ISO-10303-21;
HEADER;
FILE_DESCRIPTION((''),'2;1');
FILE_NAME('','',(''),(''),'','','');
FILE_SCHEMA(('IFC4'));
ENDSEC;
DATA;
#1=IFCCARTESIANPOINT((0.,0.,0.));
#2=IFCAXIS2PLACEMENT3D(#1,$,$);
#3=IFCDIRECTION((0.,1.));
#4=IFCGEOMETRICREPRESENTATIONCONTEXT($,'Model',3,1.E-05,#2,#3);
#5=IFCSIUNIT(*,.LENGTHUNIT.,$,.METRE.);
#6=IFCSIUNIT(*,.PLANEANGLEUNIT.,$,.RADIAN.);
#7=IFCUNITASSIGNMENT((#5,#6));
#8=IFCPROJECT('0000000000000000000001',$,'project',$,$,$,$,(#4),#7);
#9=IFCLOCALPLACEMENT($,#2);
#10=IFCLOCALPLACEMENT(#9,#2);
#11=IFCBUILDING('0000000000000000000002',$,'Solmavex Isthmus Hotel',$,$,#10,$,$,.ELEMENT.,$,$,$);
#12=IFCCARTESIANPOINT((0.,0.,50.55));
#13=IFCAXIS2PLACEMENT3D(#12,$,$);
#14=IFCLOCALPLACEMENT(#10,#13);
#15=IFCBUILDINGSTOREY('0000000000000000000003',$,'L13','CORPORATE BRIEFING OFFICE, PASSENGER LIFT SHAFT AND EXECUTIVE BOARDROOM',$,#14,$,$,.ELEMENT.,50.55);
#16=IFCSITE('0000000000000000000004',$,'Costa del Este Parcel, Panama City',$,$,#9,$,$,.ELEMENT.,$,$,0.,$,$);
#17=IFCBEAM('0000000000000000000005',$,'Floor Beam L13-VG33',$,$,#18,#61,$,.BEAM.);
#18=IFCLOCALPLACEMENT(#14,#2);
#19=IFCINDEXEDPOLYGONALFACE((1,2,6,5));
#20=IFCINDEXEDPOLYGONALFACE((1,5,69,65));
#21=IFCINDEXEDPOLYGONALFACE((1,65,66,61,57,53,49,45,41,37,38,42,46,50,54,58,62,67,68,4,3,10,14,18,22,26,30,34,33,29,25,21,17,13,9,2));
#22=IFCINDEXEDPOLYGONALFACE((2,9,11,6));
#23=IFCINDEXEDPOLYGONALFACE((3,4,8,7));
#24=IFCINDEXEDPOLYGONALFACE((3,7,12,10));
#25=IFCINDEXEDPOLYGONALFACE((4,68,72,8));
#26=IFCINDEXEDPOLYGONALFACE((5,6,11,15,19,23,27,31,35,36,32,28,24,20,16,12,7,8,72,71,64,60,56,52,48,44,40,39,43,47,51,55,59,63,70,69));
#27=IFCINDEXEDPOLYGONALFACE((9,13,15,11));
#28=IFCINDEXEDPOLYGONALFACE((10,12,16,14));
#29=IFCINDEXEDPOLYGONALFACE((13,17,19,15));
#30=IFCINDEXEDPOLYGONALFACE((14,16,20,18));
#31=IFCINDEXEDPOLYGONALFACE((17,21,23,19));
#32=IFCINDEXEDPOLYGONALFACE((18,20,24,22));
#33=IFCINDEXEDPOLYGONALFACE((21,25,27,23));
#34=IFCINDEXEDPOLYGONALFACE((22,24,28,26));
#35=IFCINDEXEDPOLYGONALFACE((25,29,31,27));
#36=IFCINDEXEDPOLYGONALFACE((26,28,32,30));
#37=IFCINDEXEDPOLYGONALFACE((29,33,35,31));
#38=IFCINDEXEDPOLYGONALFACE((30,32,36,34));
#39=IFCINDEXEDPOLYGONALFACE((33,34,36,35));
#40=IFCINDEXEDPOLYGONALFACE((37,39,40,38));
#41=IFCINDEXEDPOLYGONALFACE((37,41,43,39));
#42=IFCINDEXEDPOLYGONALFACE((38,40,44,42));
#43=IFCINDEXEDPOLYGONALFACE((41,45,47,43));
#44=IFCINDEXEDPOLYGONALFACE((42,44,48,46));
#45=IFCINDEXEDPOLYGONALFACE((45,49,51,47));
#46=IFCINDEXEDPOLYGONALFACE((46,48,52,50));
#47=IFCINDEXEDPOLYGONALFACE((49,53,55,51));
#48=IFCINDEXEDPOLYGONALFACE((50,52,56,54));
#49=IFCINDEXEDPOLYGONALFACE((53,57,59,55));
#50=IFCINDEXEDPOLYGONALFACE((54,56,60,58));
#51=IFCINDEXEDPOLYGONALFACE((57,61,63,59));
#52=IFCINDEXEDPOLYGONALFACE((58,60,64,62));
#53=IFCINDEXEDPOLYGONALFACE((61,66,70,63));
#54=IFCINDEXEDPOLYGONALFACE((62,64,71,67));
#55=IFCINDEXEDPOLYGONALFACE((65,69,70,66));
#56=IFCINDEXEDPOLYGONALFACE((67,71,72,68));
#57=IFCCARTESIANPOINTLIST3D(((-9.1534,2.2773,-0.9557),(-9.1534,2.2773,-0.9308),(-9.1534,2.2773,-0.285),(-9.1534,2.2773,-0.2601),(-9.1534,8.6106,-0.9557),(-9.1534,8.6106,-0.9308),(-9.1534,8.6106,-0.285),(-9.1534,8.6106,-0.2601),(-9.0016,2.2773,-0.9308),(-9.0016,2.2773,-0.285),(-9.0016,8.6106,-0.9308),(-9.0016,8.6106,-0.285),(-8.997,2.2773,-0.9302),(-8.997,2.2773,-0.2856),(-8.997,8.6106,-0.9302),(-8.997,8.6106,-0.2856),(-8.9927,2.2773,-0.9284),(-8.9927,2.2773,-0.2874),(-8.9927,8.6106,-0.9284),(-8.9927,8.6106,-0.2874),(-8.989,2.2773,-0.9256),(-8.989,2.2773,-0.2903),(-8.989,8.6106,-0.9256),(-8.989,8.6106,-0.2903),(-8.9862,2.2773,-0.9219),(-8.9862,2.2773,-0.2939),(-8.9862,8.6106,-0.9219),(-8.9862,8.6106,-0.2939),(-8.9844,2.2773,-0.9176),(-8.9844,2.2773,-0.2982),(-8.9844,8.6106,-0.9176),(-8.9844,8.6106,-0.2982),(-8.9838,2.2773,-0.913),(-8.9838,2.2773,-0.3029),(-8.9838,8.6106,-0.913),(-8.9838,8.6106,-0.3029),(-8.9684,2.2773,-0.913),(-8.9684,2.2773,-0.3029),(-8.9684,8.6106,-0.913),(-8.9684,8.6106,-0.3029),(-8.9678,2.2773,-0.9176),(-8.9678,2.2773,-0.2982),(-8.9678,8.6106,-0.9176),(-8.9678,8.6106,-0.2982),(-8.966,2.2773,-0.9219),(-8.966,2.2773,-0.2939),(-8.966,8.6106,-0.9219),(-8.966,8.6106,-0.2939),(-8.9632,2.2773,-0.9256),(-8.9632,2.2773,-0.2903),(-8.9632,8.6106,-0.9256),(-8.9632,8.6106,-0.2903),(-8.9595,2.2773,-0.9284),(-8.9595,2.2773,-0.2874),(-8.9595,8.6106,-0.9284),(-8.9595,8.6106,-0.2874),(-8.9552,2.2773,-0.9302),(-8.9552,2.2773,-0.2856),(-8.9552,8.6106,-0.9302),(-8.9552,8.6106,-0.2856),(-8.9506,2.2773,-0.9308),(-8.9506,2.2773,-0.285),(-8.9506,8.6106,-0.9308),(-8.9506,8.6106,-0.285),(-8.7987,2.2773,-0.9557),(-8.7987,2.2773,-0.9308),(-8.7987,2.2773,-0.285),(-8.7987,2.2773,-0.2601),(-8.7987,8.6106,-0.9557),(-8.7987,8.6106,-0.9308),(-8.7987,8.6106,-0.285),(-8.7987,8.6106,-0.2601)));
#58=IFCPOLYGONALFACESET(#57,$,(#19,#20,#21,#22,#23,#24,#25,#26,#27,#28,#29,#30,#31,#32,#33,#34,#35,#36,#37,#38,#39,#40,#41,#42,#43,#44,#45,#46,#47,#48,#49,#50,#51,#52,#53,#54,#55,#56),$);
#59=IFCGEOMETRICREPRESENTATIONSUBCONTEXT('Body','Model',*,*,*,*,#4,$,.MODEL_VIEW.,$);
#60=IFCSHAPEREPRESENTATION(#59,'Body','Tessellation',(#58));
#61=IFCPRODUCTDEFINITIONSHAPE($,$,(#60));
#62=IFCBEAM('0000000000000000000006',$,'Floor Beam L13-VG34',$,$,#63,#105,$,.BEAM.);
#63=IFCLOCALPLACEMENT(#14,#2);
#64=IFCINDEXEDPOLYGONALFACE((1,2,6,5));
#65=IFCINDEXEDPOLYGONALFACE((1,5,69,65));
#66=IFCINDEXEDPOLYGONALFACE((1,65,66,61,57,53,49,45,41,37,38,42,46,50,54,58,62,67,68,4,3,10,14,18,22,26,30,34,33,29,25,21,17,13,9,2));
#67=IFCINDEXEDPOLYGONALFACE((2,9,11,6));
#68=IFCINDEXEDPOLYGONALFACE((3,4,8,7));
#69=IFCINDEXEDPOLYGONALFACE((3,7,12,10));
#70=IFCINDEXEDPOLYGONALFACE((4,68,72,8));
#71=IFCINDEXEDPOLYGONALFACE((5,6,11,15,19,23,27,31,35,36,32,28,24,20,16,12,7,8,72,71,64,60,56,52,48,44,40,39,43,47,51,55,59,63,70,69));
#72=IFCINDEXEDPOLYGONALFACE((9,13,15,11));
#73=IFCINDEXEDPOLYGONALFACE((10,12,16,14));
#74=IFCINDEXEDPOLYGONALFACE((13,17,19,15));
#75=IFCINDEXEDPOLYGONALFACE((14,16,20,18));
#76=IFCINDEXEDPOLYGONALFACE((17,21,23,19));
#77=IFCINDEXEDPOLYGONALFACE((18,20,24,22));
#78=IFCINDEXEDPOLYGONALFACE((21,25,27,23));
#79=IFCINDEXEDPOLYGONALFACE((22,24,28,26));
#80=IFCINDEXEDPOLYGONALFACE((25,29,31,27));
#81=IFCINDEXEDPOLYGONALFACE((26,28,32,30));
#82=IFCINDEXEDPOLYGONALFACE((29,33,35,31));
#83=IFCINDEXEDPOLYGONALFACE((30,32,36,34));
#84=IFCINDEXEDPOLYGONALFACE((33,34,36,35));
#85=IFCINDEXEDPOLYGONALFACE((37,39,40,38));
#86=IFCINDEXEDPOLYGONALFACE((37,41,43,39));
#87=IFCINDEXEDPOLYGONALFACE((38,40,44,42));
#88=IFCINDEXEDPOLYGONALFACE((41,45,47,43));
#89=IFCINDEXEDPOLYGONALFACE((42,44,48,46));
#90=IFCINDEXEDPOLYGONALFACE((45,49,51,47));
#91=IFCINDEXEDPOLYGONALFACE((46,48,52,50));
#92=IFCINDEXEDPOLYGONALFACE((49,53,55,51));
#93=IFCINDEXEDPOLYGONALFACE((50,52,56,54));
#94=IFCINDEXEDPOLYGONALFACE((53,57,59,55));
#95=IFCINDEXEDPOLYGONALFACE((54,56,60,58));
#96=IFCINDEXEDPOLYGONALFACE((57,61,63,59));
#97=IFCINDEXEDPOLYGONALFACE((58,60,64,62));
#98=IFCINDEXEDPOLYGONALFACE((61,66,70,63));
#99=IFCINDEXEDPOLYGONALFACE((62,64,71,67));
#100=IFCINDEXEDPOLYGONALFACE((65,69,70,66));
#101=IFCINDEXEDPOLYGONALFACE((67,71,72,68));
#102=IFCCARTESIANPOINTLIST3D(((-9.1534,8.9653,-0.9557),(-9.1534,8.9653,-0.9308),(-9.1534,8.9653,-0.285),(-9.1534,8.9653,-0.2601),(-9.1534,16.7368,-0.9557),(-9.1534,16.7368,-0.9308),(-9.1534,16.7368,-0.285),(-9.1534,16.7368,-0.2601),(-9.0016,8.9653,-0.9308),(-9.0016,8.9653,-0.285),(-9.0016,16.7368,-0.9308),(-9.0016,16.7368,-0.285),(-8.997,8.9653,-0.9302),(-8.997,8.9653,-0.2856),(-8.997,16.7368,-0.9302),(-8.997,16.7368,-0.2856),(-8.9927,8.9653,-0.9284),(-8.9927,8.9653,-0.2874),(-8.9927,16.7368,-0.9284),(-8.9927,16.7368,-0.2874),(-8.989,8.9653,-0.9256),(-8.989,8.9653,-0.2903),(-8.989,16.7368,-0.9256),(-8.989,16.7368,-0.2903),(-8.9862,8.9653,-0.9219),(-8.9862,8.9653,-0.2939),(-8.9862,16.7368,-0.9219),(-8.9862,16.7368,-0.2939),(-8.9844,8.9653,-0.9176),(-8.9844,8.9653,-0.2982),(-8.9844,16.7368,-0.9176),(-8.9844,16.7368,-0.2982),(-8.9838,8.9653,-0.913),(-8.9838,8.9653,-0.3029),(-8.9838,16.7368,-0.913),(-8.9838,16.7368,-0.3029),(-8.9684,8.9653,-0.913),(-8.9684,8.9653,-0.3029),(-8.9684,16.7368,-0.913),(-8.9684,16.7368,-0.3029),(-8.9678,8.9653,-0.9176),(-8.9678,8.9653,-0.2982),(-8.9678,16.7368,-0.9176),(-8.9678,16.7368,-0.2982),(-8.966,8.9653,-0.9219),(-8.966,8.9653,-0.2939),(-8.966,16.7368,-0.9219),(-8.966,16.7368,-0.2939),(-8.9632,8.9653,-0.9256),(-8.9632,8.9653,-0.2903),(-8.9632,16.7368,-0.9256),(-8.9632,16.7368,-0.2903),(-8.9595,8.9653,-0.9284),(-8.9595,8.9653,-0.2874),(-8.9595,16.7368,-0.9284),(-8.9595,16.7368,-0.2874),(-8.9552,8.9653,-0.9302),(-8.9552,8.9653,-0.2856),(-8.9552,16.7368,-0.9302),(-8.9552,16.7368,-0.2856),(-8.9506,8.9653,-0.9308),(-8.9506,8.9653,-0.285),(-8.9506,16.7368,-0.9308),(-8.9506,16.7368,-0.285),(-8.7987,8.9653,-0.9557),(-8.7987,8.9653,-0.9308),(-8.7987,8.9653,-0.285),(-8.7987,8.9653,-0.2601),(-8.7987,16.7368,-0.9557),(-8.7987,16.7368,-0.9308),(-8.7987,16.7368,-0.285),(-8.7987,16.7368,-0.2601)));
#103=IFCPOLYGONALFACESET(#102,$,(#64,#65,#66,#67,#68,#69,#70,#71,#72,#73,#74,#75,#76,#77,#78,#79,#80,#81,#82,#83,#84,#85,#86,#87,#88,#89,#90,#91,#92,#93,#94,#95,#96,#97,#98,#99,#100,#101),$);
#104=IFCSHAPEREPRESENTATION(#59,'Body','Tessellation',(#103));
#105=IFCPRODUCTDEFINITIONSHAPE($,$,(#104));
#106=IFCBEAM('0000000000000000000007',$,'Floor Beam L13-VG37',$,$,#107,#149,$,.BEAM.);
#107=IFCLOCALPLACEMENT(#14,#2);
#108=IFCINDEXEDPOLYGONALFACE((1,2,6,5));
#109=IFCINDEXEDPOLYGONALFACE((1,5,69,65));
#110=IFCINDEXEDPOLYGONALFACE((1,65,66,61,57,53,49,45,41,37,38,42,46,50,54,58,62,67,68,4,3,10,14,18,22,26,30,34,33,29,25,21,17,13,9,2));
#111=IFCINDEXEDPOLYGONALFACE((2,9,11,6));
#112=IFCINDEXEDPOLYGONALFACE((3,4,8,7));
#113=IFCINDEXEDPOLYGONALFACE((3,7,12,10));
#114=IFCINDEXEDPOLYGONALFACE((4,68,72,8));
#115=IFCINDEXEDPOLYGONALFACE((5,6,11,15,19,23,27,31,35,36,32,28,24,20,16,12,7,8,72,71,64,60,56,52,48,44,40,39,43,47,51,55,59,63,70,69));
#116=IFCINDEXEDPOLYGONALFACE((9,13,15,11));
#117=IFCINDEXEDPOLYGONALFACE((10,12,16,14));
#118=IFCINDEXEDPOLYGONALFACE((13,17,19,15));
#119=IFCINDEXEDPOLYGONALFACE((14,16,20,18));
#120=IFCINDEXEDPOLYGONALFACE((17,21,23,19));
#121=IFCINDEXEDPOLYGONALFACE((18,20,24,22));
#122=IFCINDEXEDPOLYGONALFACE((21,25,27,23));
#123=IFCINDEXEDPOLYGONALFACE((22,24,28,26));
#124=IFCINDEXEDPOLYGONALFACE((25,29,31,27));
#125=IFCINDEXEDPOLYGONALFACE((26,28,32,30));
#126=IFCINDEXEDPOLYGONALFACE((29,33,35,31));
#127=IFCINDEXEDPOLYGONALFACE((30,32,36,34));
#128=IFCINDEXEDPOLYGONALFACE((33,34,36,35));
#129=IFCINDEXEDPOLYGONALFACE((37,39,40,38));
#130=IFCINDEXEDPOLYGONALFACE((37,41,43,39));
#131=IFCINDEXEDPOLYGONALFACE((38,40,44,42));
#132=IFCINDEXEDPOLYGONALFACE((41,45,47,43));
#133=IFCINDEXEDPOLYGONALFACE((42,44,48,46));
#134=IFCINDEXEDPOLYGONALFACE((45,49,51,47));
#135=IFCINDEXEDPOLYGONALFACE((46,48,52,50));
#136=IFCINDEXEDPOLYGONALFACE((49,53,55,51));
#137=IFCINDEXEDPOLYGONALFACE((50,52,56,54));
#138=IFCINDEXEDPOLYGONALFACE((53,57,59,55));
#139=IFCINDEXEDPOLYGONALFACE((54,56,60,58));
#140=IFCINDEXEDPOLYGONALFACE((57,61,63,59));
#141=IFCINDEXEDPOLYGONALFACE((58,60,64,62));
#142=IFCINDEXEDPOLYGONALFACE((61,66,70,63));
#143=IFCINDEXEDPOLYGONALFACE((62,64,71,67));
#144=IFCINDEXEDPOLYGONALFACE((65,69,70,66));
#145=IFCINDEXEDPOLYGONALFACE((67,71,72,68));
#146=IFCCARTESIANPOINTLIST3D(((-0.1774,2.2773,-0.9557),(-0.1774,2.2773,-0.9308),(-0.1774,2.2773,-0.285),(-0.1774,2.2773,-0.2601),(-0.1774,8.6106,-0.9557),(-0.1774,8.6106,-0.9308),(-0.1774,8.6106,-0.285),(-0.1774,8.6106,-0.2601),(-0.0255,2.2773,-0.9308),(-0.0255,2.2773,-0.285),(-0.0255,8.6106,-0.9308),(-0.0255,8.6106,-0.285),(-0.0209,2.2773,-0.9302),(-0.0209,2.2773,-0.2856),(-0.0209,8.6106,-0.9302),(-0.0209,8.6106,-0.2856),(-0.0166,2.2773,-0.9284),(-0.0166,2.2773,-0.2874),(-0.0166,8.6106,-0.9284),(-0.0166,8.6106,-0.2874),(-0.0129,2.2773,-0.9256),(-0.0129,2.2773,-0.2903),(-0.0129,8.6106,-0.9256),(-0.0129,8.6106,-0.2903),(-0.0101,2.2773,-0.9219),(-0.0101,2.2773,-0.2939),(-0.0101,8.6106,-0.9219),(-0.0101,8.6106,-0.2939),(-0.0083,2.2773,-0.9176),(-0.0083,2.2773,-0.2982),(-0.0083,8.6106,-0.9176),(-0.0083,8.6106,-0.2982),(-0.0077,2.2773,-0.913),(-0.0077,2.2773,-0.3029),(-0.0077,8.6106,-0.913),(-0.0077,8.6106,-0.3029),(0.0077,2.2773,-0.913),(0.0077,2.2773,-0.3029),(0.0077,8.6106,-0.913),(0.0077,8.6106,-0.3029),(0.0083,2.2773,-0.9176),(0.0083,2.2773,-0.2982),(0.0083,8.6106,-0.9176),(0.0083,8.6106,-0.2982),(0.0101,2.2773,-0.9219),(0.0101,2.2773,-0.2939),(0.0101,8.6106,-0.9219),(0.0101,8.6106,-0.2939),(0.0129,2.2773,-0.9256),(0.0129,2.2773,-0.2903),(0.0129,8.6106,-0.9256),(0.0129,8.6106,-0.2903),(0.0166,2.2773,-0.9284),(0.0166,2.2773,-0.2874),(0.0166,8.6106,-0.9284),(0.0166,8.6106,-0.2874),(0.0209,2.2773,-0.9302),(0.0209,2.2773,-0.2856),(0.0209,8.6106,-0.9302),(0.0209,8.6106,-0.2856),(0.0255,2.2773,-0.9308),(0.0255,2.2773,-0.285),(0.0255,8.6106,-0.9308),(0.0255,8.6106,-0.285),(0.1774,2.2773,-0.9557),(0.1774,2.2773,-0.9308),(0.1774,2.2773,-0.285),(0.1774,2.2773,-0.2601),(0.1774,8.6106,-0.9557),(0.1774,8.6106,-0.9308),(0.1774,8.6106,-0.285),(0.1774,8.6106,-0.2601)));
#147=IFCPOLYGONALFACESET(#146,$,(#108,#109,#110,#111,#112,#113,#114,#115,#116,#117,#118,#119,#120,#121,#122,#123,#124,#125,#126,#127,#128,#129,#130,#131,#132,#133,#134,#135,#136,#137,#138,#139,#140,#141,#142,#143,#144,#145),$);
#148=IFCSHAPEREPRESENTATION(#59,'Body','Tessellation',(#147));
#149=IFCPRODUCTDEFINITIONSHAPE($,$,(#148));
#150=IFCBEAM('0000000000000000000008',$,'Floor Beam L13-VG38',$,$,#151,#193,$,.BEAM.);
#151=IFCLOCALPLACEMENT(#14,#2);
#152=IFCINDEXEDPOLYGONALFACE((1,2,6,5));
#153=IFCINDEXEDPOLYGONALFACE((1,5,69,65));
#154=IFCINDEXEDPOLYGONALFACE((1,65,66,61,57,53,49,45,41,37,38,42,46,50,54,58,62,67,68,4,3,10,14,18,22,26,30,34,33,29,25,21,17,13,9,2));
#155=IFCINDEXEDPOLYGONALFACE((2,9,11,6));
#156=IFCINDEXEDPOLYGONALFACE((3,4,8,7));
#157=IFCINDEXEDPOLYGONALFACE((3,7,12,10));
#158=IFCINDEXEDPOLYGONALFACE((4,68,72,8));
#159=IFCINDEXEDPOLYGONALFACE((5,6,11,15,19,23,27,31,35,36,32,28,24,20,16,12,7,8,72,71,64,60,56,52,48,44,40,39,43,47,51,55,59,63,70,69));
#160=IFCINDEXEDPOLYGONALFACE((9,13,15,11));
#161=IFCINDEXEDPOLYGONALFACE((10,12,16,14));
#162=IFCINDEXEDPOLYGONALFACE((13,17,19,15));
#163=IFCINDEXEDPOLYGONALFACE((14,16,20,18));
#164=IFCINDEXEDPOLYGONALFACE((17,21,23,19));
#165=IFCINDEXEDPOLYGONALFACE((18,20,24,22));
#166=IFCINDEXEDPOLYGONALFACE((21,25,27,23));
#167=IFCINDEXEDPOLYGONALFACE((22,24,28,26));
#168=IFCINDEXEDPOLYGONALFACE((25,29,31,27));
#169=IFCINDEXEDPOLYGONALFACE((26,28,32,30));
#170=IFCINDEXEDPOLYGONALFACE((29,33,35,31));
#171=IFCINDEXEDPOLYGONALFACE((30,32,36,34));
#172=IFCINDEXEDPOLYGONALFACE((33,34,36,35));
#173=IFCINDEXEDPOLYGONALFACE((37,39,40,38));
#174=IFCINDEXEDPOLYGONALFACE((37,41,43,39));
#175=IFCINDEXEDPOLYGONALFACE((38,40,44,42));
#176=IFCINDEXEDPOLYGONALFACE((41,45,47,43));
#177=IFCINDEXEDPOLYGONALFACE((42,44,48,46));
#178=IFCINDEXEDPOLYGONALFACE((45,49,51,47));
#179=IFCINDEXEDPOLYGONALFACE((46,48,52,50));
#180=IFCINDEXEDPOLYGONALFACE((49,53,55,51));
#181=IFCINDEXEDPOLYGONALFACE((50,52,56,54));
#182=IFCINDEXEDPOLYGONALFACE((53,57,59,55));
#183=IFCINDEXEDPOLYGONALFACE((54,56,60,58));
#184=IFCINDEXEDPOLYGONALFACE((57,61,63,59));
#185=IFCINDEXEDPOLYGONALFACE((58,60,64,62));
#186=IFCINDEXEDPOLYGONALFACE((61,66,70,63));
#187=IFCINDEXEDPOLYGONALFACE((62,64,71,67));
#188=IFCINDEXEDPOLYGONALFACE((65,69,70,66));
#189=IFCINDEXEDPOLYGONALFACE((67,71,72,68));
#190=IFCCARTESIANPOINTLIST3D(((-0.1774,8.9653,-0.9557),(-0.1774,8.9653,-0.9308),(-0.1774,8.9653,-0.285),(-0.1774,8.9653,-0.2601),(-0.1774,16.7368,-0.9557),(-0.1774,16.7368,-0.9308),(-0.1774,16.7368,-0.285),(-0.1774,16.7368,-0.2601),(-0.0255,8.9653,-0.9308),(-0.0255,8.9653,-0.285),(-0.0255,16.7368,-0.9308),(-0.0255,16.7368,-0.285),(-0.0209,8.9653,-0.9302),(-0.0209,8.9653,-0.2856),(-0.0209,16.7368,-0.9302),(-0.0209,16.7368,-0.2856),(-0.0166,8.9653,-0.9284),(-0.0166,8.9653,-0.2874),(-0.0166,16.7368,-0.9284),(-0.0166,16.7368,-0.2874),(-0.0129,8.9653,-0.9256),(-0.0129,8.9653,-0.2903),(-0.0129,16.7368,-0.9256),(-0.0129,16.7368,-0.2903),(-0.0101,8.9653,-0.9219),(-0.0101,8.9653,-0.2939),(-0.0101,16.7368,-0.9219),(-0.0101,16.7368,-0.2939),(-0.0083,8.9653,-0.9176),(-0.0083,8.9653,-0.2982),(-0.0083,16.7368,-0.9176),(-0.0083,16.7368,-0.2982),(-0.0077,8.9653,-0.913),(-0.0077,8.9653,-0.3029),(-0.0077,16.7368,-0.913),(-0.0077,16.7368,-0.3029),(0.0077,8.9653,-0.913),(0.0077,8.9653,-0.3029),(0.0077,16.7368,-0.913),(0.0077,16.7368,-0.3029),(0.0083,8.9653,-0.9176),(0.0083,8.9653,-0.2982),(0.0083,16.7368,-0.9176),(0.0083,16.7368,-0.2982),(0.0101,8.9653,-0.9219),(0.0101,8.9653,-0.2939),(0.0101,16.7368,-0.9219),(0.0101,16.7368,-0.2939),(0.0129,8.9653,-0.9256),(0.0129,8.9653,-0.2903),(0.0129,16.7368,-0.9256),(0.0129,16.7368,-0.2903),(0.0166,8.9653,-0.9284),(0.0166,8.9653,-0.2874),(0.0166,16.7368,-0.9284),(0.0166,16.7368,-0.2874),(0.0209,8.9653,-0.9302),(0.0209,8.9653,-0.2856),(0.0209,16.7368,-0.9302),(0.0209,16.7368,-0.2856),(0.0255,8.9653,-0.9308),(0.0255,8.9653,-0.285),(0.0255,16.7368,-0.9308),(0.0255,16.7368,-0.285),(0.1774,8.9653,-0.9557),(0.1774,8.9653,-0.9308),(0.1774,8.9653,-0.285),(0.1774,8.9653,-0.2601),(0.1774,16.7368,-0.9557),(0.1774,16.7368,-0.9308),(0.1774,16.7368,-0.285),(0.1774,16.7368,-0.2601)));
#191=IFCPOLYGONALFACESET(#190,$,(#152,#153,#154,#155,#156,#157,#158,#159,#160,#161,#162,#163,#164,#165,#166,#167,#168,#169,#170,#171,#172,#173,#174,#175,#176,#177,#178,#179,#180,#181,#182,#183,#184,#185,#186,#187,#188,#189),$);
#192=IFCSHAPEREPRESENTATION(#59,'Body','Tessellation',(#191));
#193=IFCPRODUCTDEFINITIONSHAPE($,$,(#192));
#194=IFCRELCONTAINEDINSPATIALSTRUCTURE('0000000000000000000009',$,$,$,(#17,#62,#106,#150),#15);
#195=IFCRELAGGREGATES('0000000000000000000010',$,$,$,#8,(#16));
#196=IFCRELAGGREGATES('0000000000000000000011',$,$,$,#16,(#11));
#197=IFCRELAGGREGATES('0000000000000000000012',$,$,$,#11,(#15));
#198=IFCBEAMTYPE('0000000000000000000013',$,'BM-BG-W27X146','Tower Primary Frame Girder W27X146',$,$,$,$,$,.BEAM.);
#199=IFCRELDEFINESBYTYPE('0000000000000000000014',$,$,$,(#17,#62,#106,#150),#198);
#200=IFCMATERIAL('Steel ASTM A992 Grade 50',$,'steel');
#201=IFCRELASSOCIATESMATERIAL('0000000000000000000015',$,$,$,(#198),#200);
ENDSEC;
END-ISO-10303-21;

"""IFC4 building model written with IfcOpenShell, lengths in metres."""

from ifc_helpers import new_model, si_unit, direction, frame, origin, origin_2d, place, context, subcontext, project, spatial, i_section, extrude, material, material_profile, profile_set, type_object, element, save


model = new_model("IFC4")

# Units and contexts
model_context = context("Model", 3, precision=1e-05, world=origin(), true_north=direction((0.0, 1.0)))
body_context = subcontext(model_context, "Body", "Model", "MODEL_VIEW")
ifc_project = project(units=[si_unit("LENGTHUNIT", "METRE"), si_unit("PLANEANGLEUNIT", "RADIAN")], contexts=[model_context])

# Site, building, storey
site_placement = place(None, origin())
site = spatial("IfcSite", under=ifc_project, at=site_placement, Name="Costa del Este Parcel, Panama City", CompositionType="ELEMENT", RefElevation=0.0)
building_placement = place(site_placement, origin())
building = spatial("IfcBuilding", under=site, at=building_placement, Name="Solmavex Isthmus Hotel", CompositionType="ELEMENT")
storey_placement = place(building_placement, frame((0.0, 0.0, 50.55)))
storey = spatial("IfcBuildingStorey", under=building, at=storey_placement, Name="L13", Description="CORPORATE BRIEFING OFFICE, PASSENGER LIFT SHAFT AND EXECUTIVE BOARDROOM", CompositionType="ELEMENT", Elevation=50.55)

# Beams
ifc_material_1 = material(Name="Steel ASTM A992 Grade 50", Category="steel")
ifc_material_profile_1 = material_profile(ifc_material_1, i_section(OverallWidth=0.3547, OverallDepth=0.6956, WebThickness=0.0154, FlangeThickness=0.0249, FilletRadius=0.0178, at=origin_2d()), Name="W27X146")
ifc_profile_set_1 = profile_set([ifc_material_profile_1], Name="Steel ASTM A992 Grade 50")
beam_type_1 = type_object("IfcBeamType", Name="BM-BG-W27X146", Description="Tower Primary Frame Girder W27X146", PredefinedType="BEAM", material=ifc_profile_set_1)
beam_1_placement = place(storey_placement, frame((-8.9761, 2.2773, -0.6079), z_axis=(0.0, 1.0, 0.0), x_axis=(-1.0, 0.0, 0.0)))
element("IfcBeam", 1, at=beam_1_placement, inside=storey, type_object=beam_type_1, Name="Floor Beam L13-VG33", PredefinedType="BEAM", context=body_context, shape_type="SweptSolid", body=[
    extrude(i_section(OverallWidth=0.3547, OverallDepth=0.6956, WebThickness=0.0154, FlangeThickness=0.0249, FilletRadius=0.0178, at=origin_2d()), origin(), (0.0, 0.0, 1.0), 6.3333),
])
beam_2_placement = place(storey_placement, frame((-8.9761, 8.9653, -0.6079), z_axis=(0.0, 1.0, 0.0), x_axis=(-1.0, 0.0, 0.0)))
element("IfcBeam", 2, at=beam_2_placement, inside=storey, type_object=beam_type_1, Name="Floor Beam L13-VG34", PredefinedType="BEAM", context=body_context, shape_type="SweptSolid", body=[
    extrude(i_section(OverallWidth=0.3547, OverallDepth=0.6956, WebThickness=0.0154, FlangeThickness=0.0249, FilletRadius=0.0178, at=origin_2d()), origin(), (0.0, 0.0, 1.0), 7.7715),
])
beam_3_placement = place(storey_placement, frame((0.0, 2.2773, -0.6079), z_axis=(0.0, 1.0, 0.0), x_axis=(-1.0, 0.0, 0.0)))
element("IfcBeam", 3, at=beam_3_placement, inside=storey, type_object=beam_type_1, Name="Floor Beam L13-VG37", PredefinedType="BEAM", context=body_context, shape_type="SweptSolid", body=[
    extrude(i_section(OverallWidth=0.3547, OverallDepth=0.6956, WebThickness=0.0154, FlangeThickness=0.0249, FilletRadius=0.0178, at=origin_2d()), origin(), (0.0, 0.0, 1.0), 6.3333),
])
beam_4_placement = place(storey_placement, frame((0.0, 8.9653, -0.6079), z_axis=(0.0, 1.0, 0.0), x_axis=(-1.0, 0.0, 0.0)))
element("IfcBeam", 4, at=beam_4_placement, inside=storey, type_object=beam_type_1, Name="Floor Beam L13-VG38", PredefinedType="BEAM", context=body_context, shape_type="SweptSolid", body=[
    extrude(i_section(OverallWidth=0.3547, OverallDepth=0.6956, WebThickness=0.0154, FlangeThickness=0.0249, FilletRadius=0.0178, at=origin_2d()), origin(), (0.0, 0.0, 1.0), 7.7715),
])

save(model, "model.ifc")
